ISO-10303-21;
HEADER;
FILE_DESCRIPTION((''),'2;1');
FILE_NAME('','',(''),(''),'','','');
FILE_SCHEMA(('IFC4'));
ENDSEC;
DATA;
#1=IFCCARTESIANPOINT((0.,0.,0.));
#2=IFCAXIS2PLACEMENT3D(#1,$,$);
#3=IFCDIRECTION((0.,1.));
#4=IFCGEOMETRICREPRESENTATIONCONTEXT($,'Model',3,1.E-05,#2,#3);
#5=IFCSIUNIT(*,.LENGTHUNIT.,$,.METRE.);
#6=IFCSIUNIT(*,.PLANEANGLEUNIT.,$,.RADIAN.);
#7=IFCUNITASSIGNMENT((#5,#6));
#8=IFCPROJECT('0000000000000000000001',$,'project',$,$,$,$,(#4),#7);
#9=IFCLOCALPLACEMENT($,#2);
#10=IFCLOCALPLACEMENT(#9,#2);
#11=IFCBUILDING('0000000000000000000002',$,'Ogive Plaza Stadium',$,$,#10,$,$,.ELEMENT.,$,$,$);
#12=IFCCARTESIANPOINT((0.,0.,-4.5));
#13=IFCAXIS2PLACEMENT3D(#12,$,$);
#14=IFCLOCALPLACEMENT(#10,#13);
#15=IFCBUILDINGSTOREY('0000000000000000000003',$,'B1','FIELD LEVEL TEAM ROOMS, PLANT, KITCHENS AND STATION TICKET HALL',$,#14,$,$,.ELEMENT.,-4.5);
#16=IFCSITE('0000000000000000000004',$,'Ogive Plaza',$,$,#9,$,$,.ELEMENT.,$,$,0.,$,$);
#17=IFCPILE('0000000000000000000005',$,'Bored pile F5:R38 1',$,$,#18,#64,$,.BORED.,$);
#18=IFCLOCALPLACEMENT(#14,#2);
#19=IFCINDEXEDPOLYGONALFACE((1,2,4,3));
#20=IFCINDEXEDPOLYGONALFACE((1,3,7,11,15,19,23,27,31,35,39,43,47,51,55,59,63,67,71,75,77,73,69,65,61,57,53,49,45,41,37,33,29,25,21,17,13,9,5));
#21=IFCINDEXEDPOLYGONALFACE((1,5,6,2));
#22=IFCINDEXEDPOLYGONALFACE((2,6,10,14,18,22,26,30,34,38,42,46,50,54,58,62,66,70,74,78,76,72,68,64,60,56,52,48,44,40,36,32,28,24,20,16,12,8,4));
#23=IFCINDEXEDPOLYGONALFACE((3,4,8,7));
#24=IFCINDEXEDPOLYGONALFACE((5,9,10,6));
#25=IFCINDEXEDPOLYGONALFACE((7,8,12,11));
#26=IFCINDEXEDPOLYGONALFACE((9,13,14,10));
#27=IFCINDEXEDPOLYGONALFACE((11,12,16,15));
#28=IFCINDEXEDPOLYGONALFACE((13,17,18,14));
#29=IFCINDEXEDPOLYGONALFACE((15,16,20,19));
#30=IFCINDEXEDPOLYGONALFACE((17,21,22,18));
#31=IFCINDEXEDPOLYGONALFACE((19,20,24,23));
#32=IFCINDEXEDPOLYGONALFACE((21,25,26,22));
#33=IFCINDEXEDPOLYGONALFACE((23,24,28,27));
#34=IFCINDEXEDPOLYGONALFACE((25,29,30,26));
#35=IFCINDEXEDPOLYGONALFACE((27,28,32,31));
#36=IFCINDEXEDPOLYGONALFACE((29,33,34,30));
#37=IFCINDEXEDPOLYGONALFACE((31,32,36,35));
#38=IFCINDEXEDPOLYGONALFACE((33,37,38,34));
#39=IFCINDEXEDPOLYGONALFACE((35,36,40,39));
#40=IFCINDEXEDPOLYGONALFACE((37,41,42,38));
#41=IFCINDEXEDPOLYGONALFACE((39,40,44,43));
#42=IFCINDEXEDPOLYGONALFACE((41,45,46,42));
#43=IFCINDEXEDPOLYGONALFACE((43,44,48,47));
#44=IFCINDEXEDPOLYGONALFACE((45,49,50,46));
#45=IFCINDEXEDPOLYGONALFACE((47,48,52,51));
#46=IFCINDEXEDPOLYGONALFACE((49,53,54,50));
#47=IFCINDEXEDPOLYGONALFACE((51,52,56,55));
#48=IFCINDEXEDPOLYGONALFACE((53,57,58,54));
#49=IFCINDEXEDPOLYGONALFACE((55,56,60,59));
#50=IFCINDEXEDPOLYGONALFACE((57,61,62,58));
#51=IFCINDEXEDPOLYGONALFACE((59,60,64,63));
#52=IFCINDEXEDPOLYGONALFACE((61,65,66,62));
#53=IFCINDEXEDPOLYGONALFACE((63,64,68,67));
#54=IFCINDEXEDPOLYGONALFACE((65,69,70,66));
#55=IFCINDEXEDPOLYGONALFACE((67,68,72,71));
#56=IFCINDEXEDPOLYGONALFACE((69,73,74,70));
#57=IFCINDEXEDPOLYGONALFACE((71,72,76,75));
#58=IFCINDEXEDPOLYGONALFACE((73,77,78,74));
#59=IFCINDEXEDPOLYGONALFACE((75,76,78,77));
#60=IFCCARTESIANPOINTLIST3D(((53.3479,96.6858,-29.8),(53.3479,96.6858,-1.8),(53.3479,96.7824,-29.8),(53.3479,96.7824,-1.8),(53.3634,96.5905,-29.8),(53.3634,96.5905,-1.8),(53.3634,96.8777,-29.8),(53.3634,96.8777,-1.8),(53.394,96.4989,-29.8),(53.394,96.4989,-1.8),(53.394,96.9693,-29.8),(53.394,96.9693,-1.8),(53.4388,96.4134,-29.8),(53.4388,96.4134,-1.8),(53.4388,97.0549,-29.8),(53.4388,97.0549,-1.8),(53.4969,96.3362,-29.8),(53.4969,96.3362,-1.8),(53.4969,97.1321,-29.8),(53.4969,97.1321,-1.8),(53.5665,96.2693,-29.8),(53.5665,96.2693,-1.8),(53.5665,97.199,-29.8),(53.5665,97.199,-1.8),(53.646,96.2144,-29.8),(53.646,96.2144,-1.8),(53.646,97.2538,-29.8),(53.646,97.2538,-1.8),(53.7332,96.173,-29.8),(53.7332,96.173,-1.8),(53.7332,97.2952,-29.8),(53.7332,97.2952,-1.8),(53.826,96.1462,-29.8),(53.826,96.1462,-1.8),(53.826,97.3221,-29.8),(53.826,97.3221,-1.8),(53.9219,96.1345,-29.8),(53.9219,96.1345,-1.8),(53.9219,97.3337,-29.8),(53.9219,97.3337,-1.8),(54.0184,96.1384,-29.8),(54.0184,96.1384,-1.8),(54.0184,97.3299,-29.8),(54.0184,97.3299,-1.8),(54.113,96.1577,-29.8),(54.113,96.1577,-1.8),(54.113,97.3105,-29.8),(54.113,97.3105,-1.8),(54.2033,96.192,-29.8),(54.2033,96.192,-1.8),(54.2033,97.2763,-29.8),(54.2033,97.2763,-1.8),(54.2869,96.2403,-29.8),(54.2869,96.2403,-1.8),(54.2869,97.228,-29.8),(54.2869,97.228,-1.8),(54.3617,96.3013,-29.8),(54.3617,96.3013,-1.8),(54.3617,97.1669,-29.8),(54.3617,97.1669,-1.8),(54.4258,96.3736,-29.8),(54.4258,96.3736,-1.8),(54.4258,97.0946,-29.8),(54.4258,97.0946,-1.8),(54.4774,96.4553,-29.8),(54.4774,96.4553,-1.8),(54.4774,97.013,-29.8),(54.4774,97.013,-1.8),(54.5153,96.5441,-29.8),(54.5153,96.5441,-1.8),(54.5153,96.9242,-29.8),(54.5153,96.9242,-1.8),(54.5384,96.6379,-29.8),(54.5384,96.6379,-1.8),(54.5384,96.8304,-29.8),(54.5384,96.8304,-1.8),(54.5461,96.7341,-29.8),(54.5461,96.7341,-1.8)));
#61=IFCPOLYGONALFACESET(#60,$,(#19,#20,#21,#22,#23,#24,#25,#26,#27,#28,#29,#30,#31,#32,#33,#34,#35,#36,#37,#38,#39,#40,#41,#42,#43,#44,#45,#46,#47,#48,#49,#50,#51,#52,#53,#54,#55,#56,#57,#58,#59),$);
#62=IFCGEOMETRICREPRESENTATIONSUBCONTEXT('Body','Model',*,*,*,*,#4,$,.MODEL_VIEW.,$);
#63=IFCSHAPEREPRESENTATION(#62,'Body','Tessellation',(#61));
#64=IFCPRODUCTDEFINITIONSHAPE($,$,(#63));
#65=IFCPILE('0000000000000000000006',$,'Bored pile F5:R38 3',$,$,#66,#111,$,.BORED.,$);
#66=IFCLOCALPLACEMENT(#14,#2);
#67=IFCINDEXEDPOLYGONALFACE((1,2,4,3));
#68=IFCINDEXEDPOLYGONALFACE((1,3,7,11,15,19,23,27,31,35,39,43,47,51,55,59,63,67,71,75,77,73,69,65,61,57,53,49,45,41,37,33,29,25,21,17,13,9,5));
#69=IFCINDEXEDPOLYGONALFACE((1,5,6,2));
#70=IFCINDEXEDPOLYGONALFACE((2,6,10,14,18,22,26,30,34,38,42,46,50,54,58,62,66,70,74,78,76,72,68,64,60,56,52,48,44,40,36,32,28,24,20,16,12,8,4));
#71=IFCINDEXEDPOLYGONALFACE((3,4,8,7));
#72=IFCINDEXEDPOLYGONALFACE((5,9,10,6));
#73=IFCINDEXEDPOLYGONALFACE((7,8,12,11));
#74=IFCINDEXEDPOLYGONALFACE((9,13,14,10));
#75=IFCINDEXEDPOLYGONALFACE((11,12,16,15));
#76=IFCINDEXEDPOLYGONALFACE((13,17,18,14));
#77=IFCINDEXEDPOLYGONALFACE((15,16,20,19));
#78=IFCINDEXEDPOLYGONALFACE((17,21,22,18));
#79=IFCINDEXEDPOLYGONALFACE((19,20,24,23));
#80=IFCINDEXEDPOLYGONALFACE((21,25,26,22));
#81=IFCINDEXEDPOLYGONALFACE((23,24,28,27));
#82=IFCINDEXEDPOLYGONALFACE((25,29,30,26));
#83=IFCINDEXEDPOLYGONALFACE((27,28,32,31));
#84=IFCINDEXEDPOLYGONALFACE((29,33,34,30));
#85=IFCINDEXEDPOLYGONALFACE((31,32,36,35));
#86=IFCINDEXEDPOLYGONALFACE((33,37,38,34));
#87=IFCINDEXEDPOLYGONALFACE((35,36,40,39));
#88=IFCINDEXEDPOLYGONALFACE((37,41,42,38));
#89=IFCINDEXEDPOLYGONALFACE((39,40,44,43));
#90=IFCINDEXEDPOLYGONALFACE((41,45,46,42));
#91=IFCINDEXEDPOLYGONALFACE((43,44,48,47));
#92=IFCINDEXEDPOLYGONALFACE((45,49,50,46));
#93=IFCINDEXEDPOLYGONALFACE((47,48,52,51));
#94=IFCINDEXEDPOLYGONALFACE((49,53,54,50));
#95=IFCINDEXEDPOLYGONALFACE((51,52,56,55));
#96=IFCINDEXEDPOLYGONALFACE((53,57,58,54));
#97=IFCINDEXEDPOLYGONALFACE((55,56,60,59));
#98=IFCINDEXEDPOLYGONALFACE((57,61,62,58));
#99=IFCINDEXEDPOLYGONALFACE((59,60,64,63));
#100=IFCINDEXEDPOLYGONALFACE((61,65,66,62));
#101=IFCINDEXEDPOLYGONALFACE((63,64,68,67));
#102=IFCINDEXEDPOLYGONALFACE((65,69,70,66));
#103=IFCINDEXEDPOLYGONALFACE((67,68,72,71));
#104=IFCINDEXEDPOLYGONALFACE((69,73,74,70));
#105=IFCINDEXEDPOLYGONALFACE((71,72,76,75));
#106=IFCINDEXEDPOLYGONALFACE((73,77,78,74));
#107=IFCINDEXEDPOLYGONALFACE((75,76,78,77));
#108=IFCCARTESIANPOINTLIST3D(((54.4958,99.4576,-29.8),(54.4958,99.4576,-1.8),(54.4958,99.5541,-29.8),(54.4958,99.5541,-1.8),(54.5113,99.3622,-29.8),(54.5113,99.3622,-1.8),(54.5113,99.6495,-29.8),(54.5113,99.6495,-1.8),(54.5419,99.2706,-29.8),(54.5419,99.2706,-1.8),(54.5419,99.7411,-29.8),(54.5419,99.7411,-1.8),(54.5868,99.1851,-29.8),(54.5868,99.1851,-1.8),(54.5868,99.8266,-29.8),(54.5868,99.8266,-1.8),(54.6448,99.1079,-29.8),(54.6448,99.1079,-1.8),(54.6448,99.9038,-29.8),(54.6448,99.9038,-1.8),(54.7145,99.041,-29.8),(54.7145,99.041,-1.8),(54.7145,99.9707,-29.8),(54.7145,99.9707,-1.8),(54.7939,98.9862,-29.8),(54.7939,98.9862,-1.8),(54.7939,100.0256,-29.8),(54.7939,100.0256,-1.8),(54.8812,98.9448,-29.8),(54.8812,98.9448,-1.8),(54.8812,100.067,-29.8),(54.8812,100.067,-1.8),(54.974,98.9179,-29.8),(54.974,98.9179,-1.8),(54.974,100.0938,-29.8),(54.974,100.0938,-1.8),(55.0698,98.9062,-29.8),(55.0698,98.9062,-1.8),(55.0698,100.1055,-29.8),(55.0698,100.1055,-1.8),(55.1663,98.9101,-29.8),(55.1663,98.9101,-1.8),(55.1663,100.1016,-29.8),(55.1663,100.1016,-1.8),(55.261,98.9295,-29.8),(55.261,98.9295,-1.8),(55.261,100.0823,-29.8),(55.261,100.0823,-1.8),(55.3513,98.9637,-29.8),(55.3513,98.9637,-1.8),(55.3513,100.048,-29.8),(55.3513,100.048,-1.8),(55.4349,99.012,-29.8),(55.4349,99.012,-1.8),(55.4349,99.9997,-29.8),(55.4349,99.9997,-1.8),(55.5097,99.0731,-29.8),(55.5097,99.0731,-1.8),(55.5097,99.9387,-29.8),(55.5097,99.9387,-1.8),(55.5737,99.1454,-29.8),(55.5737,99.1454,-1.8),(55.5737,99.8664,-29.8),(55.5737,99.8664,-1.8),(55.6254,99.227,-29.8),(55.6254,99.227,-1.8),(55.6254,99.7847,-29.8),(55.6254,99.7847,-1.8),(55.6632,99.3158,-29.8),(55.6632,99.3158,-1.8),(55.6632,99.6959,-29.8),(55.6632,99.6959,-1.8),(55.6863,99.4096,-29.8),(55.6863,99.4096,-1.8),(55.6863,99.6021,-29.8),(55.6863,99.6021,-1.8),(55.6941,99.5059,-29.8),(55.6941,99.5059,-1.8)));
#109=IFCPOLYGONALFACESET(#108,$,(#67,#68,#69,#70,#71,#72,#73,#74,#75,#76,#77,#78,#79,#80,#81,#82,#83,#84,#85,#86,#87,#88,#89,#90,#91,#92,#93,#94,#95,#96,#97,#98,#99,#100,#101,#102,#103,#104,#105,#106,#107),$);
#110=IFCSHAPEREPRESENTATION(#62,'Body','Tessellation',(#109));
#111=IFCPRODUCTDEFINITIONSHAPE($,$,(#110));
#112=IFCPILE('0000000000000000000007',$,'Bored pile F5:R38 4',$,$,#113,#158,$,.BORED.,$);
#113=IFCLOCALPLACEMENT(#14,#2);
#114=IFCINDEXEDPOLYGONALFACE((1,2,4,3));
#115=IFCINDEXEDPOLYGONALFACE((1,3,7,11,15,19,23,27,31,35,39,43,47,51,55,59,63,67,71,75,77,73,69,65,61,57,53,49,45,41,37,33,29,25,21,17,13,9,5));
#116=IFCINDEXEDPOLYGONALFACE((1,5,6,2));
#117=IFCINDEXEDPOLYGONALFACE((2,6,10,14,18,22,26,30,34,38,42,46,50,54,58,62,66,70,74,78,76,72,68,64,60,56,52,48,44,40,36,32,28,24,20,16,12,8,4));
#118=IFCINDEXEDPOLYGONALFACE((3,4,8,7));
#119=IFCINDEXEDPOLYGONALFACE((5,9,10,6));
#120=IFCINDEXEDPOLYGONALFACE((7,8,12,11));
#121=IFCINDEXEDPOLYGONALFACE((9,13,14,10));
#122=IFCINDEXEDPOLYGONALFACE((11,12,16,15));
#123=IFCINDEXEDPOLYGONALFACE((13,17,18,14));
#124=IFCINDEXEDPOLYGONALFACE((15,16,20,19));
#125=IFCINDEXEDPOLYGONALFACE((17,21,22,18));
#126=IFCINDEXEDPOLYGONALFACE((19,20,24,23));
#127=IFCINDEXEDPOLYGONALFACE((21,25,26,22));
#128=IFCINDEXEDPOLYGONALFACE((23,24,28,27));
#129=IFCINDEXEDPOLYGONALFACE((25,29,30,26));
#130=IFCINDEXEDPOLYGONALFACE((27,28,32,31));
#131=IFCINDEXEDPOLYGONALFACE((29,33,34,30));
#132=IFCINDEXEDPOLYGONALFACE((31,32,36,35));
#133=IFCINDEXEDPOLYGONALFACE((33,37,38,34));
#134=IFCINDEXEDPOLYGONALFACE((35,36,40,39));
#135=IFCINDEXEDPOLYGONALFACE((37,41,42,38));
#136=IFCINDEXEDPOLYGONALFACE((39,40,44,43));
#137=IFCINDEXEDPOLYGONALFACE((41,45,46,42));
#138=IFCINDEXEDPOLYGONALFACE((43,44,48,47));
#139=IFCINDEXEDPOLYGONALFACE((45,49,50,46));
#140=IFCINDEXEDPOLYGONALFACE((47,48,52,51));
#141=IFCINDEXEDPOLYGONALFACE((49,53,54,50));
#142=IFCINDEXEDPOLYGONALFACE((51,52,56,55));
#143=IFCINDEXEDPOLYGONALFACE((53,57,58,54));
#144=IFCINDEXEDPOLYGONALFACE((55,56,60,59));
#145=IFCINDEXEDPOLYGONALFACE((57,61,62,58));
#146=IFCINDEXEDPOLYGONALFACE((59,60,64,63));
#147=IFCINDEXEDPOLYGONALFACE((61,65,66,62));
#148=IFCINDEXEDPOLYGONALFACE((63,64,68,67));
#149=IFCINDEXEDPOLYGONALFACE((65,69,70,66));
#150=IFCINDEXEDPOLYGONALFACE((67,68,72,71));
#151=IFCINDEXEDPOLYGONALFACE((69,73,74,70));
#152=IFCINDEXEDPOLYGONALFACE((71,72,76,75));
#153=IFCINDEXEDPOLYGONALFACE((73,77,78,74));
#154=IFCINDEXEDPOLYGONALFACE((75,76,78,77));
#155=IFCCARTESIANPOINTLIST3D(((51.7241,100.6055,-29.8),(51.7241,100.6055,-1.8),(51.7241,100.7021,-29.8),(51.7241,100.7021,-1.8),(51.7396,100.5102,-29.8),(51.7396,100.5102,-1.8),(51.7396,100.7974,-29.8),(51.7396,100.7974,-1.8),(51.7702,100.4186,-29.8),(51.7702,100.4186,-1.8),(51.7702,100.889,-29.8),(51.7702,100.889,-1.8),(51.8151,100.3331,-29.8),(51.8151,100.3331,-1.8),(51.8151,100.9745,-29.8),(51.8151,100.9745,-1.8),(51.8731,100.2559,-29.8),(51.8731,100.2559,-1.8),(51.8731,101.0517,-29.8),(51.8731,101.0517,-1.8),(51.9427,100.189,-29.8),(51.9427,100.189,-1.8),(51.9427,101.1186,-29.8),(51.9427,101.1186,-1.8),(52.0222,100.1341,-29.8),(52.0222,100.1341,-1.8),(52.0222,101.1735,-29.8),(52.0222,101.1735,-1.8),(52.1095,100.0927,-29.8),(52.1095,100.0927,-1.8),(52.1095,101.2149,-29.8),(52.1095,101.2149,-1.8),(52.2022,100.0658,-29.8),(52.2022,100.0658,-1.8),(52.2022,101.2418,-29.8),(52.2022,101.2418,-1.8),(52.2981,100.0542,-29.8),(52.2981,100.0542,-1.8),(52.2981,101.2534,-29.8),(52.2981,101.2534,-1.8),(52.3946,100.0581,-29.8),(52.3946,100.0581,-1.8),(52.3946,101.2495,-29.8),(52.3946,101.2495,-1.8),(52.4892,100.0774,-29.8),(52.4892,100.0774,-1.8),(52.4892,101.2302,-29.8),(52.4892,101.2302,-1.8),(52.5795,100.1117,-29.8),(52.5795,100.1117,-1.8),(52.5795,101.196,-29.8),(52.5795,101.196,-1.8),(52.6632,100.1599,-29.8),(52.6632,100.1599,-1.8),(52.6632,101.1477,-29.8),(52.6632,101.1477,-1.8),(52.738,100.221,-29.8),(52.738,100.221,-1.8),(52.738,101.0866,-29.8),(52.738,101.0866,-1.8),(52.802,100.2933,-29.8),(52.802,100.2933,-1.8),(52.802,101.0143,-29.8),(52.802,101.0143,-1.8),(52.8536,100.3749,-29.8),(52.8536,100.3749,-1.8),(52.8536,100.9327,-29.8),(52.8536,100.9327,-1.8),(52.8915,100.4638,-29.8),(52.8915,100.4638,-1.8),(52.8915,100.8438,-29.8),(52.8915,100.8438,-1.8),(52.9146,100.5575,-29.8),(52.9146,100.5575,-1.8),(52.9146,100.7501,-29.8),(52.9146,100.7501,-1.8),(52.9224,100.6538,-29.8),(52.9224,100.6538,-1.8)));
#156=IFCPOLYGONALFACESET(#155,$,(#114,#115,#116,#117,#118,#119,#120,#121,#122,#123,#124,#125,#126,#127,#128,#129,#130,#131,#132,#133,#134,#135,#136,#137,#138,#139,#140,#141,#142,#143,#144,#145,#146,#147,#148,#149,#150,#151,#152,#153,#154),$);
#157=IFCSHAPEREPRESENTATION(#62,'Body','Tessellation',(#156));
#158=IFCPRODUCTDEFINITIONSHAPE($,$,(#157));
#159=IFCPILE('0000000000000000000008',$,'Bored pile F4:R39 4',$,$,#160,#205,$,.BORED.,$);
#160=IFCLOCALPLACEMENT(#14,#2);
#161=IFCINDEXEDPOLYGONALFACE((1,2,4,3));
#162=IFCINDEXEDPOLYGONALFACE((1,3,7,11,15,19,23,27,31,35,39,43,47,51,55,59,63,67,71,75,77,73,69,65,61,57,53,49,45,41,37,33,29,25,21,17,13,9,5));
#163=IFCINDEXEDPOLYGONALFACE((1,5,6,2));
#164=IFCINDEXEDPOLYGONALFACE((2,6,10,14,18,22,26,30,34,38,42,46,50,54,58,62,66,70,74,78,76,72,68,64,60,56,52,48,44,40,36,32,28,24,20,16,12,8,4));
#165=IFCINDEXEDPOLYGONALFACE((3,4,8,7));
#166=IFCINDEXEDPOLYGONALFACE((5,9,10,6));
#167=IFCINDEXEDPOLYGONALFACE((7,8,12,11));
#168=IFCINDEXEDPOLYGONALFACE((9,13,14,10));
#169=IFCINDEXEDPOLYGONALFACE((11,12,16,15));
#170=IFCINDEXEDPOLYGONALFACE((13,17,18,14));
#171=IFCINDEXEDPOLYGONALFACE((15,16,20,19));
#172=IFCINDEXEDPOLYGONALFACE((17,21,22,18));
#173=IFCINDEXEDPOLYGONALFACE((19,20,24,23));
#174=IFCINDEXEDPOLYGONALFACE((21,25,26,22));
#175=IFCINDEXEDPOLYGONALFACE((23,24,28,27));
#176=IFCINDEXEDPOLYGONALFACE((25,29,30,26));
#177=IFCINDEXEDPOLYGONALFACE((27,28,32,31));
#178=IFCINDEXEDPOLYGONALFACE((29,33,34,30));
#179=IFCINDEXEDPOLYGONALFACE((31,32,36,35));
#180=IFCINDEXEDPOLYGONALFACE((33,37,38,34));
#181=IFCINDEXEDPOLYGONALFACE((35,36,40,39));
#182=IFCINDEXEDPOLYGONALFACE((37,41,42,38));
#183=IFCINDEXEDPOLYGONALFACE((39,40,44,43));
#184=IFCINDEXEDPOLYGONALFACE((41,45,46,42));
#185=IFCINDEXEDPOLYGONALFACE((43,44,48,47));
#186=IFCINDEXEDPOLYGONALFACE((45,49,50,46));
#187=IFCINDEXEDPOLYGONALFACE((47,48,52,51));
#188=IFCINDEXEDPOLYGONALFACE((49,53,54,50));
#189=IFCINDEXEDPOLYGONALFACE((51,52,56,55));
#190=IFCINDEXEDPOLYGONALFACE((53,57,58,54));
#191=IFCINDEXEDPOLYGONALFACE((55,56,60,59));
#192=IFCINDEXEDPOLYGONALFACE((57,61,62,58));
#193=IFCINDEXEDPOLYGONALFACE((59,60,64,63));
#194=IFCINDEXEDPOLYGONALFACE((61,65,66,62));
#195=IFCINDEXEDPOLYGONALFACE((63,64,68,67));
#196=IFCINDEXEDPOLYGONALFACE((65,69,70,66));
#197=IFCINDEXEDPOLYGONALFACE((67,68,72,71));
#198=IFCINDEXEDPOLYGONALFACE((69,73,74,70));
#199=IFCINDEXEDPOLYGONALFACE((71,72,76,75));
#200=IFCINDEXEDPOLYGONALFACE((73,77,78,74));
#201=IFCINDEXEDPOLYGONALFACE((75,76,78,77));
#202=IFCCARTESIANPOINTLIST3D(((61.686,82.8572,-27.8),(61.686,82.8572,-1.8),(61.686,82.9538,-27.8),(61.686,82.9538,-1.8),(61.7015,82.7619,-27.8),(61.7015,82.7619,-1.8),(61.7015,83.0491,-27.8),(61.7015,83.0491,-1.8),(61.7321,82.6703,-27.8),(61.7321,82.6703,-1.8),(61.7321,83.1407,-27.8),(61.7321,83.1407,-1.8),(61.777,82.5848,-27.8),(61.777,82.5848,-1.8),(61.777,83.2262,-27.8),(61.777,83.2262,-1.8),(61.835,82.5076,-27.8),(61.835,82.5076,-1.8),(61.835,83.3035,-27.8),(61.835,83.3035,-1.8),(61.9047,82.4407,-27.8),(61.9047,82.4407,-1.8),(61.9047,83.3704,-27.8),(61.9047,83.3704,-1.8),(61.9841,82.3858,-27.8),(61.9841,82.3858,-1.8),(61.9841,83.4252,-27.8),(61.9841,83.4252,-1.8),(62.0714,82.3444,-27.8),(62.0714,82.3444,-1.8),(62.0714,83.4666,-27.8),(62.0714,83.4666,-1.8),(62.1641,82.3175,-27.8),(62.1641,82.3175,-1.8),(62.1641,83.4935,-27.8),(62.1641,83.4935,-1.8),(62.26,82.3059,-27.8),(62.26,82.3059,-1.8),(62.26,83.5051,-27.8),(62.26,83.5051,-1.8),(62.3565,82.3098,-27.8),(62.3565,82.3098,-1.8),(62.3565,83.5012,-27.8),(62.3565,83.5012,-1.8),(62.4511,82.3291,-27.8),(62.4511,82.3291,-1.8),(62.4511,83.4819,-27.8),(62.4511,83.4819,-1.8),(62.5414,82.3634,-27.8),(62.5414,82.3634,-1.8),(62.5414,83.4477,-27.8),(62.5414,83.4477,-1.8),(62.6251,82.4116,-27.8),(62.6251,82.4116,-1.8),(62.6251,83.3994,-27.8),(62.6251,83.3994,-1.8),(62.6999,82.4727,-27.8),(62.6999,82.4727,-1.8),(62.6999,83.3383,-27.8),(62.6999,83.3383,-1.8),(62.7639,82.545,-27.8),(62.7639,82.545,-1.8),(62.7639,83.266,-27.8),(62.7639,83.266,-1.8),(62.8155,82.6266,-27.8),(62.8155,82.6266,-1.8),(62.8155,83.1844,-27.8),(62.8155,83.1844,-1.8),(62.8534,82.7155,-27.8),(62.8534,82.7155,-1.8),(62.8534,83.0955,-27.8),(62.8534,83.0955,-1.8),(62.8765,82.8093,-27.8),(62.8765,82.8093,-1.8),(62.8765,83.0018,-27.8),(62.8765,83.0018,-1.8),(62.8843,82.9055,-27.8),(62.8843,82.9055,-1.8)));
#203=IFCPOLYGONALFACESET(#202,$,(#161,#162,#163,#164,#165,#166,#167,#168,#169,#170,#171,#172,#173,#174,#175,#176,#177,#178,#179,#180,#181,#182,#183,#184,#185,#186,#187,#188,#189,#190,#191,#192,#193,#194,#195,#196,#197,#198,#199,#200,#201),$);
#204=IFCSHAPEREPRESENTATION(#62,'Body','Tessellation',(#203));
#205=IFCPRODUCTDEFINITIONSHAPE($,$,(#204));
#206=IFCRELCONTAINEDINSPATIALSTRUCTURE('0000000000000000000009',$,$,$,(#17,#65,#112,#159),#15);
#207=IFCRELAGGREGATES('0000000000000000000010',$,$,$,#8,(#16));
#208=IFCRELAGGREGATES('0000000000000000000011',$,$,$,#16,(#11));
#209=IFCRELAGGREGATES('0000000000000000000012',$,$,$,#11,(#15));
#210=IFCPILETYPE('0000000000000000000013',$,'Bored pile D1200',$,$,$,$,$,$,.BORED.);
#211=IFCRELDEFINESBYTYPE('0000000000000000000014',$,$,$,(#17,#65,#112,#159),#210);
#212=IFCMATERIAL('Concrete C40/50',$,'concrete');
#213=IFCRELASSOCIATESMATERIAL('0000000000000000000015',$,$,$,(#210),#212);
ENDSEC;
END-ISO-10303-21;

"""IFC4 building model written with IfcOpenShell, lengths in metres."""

from ifc_helpers import new_model, si_unit, direction, frame, origin, origin_2d, place, context, subcontext, project, spatial, circle, extrude, material, material_profile, profile_set, type_object, element, save


model = new_model("IFC4")

# Units and contexts
model_context = context("Model", 3, precision=1e-05, world=origin(), true_north=direction((0.0, 1.0)))
body_context = subcontext(model_context, "Body", "Model", "MODEL_VIEW")
ifc_project = project(units=[si_unit("LENGTHUNIT", "METRE"), si_unit("PLANEANGLEUNIT", "RADIAN")], contexts=[model_context])

# Site, building, storey
site_placement = place(None, origin())
site = spatial("IfcSite", under=ifc_project, at=site_placement, Name="Ogive Plaza", CompositionType="ELEMENT", RefElevation=0.0)
building_placement = place(site_placement, origin())
building = spatial("IfcBuilding", under=site, at=building_placement, Name="Ogive Plaza Stadium", CompositionType="ELEMENT")
storey_placement = place(building_placement, frame((0.0, 0.0, -4.5)))
storey = spatial("IfcBuildingStorey", under=building, at=storey_placement, Name="B1", Description="FIELD LEVEL TEAM ROOMS, PLANT, KITCHENS AND STATION TICKET HALL", CompositionType="ELEMENT", Elevation=-4.5)

# Piles
ifc_material_1 = material(Name="Concrete C40/50", Category="concrete")
ifc_material_profile_1 = material_profile(ifc_material_1, circle(Radius=0.6001, at=origin_2d()), Name="RC D1200")
ifc_profile_set_1 = profile_set([ifc_material_profile_1], Name="Concrete C40/50")
pile_type_1 = type_object("IfcPileType", Name="Bored pile D1200", PredefinedType="BORED", material=ifc_profile_set_1)
for number, where, z_axis, x_axis, name in (
    (1, (53.946, 96.7341, -1.8), (0.0, 0.0, -1.0), (1.0, 0.0, 0.0), "Bored pile F5:R38 1"),
    (2, (55.094, 99.5059, -1.8), (0.0, 0.0, -1.0), (1.0, 0.0, 0.0), "Bored pile F5:R38 3"),
    (3, (52.3223, 100.6538, -1.8), (0.0, 0.0, -1.0), (1.0, 0.0, 0.0), "Bored pile F5:R38 4"),
):
    element("IfcPile", number, at=place(storey_placement, frame(where, z_axis=z_axis, x_axis=x_axis)), inside=storey, type_object=pile_type_1, Name=name, PredefinedType="BORED", context=body_context, shape_type="SweptSolid", body=[
        extrude(circle(Radius=0.6001, at=origin_2d()), origin(), (0.0, 0.0, 1.0), 28.0),
    ])
pile_1_placement = place(storey_placement, frame((62.2842, 82.9055, -1.8), z_axis=(0.0, 0.0, -1.0), x_axis=(1.0, 0.0, 0.0)))
element("IfcPile", 4, at=pile_1_placement, inside=storey, type_object=pile_type_1, Name="Bored pile F4:R39 4", PredefinedType="BORED", context=body_context, shape_type="SweptSolid", body=[
    extrude(circle(Radius=0.6001, at=origin_2d()), origin(), (0.0, 0.0, 1.0), 26.0),
])

save(model, "model.ifc")
